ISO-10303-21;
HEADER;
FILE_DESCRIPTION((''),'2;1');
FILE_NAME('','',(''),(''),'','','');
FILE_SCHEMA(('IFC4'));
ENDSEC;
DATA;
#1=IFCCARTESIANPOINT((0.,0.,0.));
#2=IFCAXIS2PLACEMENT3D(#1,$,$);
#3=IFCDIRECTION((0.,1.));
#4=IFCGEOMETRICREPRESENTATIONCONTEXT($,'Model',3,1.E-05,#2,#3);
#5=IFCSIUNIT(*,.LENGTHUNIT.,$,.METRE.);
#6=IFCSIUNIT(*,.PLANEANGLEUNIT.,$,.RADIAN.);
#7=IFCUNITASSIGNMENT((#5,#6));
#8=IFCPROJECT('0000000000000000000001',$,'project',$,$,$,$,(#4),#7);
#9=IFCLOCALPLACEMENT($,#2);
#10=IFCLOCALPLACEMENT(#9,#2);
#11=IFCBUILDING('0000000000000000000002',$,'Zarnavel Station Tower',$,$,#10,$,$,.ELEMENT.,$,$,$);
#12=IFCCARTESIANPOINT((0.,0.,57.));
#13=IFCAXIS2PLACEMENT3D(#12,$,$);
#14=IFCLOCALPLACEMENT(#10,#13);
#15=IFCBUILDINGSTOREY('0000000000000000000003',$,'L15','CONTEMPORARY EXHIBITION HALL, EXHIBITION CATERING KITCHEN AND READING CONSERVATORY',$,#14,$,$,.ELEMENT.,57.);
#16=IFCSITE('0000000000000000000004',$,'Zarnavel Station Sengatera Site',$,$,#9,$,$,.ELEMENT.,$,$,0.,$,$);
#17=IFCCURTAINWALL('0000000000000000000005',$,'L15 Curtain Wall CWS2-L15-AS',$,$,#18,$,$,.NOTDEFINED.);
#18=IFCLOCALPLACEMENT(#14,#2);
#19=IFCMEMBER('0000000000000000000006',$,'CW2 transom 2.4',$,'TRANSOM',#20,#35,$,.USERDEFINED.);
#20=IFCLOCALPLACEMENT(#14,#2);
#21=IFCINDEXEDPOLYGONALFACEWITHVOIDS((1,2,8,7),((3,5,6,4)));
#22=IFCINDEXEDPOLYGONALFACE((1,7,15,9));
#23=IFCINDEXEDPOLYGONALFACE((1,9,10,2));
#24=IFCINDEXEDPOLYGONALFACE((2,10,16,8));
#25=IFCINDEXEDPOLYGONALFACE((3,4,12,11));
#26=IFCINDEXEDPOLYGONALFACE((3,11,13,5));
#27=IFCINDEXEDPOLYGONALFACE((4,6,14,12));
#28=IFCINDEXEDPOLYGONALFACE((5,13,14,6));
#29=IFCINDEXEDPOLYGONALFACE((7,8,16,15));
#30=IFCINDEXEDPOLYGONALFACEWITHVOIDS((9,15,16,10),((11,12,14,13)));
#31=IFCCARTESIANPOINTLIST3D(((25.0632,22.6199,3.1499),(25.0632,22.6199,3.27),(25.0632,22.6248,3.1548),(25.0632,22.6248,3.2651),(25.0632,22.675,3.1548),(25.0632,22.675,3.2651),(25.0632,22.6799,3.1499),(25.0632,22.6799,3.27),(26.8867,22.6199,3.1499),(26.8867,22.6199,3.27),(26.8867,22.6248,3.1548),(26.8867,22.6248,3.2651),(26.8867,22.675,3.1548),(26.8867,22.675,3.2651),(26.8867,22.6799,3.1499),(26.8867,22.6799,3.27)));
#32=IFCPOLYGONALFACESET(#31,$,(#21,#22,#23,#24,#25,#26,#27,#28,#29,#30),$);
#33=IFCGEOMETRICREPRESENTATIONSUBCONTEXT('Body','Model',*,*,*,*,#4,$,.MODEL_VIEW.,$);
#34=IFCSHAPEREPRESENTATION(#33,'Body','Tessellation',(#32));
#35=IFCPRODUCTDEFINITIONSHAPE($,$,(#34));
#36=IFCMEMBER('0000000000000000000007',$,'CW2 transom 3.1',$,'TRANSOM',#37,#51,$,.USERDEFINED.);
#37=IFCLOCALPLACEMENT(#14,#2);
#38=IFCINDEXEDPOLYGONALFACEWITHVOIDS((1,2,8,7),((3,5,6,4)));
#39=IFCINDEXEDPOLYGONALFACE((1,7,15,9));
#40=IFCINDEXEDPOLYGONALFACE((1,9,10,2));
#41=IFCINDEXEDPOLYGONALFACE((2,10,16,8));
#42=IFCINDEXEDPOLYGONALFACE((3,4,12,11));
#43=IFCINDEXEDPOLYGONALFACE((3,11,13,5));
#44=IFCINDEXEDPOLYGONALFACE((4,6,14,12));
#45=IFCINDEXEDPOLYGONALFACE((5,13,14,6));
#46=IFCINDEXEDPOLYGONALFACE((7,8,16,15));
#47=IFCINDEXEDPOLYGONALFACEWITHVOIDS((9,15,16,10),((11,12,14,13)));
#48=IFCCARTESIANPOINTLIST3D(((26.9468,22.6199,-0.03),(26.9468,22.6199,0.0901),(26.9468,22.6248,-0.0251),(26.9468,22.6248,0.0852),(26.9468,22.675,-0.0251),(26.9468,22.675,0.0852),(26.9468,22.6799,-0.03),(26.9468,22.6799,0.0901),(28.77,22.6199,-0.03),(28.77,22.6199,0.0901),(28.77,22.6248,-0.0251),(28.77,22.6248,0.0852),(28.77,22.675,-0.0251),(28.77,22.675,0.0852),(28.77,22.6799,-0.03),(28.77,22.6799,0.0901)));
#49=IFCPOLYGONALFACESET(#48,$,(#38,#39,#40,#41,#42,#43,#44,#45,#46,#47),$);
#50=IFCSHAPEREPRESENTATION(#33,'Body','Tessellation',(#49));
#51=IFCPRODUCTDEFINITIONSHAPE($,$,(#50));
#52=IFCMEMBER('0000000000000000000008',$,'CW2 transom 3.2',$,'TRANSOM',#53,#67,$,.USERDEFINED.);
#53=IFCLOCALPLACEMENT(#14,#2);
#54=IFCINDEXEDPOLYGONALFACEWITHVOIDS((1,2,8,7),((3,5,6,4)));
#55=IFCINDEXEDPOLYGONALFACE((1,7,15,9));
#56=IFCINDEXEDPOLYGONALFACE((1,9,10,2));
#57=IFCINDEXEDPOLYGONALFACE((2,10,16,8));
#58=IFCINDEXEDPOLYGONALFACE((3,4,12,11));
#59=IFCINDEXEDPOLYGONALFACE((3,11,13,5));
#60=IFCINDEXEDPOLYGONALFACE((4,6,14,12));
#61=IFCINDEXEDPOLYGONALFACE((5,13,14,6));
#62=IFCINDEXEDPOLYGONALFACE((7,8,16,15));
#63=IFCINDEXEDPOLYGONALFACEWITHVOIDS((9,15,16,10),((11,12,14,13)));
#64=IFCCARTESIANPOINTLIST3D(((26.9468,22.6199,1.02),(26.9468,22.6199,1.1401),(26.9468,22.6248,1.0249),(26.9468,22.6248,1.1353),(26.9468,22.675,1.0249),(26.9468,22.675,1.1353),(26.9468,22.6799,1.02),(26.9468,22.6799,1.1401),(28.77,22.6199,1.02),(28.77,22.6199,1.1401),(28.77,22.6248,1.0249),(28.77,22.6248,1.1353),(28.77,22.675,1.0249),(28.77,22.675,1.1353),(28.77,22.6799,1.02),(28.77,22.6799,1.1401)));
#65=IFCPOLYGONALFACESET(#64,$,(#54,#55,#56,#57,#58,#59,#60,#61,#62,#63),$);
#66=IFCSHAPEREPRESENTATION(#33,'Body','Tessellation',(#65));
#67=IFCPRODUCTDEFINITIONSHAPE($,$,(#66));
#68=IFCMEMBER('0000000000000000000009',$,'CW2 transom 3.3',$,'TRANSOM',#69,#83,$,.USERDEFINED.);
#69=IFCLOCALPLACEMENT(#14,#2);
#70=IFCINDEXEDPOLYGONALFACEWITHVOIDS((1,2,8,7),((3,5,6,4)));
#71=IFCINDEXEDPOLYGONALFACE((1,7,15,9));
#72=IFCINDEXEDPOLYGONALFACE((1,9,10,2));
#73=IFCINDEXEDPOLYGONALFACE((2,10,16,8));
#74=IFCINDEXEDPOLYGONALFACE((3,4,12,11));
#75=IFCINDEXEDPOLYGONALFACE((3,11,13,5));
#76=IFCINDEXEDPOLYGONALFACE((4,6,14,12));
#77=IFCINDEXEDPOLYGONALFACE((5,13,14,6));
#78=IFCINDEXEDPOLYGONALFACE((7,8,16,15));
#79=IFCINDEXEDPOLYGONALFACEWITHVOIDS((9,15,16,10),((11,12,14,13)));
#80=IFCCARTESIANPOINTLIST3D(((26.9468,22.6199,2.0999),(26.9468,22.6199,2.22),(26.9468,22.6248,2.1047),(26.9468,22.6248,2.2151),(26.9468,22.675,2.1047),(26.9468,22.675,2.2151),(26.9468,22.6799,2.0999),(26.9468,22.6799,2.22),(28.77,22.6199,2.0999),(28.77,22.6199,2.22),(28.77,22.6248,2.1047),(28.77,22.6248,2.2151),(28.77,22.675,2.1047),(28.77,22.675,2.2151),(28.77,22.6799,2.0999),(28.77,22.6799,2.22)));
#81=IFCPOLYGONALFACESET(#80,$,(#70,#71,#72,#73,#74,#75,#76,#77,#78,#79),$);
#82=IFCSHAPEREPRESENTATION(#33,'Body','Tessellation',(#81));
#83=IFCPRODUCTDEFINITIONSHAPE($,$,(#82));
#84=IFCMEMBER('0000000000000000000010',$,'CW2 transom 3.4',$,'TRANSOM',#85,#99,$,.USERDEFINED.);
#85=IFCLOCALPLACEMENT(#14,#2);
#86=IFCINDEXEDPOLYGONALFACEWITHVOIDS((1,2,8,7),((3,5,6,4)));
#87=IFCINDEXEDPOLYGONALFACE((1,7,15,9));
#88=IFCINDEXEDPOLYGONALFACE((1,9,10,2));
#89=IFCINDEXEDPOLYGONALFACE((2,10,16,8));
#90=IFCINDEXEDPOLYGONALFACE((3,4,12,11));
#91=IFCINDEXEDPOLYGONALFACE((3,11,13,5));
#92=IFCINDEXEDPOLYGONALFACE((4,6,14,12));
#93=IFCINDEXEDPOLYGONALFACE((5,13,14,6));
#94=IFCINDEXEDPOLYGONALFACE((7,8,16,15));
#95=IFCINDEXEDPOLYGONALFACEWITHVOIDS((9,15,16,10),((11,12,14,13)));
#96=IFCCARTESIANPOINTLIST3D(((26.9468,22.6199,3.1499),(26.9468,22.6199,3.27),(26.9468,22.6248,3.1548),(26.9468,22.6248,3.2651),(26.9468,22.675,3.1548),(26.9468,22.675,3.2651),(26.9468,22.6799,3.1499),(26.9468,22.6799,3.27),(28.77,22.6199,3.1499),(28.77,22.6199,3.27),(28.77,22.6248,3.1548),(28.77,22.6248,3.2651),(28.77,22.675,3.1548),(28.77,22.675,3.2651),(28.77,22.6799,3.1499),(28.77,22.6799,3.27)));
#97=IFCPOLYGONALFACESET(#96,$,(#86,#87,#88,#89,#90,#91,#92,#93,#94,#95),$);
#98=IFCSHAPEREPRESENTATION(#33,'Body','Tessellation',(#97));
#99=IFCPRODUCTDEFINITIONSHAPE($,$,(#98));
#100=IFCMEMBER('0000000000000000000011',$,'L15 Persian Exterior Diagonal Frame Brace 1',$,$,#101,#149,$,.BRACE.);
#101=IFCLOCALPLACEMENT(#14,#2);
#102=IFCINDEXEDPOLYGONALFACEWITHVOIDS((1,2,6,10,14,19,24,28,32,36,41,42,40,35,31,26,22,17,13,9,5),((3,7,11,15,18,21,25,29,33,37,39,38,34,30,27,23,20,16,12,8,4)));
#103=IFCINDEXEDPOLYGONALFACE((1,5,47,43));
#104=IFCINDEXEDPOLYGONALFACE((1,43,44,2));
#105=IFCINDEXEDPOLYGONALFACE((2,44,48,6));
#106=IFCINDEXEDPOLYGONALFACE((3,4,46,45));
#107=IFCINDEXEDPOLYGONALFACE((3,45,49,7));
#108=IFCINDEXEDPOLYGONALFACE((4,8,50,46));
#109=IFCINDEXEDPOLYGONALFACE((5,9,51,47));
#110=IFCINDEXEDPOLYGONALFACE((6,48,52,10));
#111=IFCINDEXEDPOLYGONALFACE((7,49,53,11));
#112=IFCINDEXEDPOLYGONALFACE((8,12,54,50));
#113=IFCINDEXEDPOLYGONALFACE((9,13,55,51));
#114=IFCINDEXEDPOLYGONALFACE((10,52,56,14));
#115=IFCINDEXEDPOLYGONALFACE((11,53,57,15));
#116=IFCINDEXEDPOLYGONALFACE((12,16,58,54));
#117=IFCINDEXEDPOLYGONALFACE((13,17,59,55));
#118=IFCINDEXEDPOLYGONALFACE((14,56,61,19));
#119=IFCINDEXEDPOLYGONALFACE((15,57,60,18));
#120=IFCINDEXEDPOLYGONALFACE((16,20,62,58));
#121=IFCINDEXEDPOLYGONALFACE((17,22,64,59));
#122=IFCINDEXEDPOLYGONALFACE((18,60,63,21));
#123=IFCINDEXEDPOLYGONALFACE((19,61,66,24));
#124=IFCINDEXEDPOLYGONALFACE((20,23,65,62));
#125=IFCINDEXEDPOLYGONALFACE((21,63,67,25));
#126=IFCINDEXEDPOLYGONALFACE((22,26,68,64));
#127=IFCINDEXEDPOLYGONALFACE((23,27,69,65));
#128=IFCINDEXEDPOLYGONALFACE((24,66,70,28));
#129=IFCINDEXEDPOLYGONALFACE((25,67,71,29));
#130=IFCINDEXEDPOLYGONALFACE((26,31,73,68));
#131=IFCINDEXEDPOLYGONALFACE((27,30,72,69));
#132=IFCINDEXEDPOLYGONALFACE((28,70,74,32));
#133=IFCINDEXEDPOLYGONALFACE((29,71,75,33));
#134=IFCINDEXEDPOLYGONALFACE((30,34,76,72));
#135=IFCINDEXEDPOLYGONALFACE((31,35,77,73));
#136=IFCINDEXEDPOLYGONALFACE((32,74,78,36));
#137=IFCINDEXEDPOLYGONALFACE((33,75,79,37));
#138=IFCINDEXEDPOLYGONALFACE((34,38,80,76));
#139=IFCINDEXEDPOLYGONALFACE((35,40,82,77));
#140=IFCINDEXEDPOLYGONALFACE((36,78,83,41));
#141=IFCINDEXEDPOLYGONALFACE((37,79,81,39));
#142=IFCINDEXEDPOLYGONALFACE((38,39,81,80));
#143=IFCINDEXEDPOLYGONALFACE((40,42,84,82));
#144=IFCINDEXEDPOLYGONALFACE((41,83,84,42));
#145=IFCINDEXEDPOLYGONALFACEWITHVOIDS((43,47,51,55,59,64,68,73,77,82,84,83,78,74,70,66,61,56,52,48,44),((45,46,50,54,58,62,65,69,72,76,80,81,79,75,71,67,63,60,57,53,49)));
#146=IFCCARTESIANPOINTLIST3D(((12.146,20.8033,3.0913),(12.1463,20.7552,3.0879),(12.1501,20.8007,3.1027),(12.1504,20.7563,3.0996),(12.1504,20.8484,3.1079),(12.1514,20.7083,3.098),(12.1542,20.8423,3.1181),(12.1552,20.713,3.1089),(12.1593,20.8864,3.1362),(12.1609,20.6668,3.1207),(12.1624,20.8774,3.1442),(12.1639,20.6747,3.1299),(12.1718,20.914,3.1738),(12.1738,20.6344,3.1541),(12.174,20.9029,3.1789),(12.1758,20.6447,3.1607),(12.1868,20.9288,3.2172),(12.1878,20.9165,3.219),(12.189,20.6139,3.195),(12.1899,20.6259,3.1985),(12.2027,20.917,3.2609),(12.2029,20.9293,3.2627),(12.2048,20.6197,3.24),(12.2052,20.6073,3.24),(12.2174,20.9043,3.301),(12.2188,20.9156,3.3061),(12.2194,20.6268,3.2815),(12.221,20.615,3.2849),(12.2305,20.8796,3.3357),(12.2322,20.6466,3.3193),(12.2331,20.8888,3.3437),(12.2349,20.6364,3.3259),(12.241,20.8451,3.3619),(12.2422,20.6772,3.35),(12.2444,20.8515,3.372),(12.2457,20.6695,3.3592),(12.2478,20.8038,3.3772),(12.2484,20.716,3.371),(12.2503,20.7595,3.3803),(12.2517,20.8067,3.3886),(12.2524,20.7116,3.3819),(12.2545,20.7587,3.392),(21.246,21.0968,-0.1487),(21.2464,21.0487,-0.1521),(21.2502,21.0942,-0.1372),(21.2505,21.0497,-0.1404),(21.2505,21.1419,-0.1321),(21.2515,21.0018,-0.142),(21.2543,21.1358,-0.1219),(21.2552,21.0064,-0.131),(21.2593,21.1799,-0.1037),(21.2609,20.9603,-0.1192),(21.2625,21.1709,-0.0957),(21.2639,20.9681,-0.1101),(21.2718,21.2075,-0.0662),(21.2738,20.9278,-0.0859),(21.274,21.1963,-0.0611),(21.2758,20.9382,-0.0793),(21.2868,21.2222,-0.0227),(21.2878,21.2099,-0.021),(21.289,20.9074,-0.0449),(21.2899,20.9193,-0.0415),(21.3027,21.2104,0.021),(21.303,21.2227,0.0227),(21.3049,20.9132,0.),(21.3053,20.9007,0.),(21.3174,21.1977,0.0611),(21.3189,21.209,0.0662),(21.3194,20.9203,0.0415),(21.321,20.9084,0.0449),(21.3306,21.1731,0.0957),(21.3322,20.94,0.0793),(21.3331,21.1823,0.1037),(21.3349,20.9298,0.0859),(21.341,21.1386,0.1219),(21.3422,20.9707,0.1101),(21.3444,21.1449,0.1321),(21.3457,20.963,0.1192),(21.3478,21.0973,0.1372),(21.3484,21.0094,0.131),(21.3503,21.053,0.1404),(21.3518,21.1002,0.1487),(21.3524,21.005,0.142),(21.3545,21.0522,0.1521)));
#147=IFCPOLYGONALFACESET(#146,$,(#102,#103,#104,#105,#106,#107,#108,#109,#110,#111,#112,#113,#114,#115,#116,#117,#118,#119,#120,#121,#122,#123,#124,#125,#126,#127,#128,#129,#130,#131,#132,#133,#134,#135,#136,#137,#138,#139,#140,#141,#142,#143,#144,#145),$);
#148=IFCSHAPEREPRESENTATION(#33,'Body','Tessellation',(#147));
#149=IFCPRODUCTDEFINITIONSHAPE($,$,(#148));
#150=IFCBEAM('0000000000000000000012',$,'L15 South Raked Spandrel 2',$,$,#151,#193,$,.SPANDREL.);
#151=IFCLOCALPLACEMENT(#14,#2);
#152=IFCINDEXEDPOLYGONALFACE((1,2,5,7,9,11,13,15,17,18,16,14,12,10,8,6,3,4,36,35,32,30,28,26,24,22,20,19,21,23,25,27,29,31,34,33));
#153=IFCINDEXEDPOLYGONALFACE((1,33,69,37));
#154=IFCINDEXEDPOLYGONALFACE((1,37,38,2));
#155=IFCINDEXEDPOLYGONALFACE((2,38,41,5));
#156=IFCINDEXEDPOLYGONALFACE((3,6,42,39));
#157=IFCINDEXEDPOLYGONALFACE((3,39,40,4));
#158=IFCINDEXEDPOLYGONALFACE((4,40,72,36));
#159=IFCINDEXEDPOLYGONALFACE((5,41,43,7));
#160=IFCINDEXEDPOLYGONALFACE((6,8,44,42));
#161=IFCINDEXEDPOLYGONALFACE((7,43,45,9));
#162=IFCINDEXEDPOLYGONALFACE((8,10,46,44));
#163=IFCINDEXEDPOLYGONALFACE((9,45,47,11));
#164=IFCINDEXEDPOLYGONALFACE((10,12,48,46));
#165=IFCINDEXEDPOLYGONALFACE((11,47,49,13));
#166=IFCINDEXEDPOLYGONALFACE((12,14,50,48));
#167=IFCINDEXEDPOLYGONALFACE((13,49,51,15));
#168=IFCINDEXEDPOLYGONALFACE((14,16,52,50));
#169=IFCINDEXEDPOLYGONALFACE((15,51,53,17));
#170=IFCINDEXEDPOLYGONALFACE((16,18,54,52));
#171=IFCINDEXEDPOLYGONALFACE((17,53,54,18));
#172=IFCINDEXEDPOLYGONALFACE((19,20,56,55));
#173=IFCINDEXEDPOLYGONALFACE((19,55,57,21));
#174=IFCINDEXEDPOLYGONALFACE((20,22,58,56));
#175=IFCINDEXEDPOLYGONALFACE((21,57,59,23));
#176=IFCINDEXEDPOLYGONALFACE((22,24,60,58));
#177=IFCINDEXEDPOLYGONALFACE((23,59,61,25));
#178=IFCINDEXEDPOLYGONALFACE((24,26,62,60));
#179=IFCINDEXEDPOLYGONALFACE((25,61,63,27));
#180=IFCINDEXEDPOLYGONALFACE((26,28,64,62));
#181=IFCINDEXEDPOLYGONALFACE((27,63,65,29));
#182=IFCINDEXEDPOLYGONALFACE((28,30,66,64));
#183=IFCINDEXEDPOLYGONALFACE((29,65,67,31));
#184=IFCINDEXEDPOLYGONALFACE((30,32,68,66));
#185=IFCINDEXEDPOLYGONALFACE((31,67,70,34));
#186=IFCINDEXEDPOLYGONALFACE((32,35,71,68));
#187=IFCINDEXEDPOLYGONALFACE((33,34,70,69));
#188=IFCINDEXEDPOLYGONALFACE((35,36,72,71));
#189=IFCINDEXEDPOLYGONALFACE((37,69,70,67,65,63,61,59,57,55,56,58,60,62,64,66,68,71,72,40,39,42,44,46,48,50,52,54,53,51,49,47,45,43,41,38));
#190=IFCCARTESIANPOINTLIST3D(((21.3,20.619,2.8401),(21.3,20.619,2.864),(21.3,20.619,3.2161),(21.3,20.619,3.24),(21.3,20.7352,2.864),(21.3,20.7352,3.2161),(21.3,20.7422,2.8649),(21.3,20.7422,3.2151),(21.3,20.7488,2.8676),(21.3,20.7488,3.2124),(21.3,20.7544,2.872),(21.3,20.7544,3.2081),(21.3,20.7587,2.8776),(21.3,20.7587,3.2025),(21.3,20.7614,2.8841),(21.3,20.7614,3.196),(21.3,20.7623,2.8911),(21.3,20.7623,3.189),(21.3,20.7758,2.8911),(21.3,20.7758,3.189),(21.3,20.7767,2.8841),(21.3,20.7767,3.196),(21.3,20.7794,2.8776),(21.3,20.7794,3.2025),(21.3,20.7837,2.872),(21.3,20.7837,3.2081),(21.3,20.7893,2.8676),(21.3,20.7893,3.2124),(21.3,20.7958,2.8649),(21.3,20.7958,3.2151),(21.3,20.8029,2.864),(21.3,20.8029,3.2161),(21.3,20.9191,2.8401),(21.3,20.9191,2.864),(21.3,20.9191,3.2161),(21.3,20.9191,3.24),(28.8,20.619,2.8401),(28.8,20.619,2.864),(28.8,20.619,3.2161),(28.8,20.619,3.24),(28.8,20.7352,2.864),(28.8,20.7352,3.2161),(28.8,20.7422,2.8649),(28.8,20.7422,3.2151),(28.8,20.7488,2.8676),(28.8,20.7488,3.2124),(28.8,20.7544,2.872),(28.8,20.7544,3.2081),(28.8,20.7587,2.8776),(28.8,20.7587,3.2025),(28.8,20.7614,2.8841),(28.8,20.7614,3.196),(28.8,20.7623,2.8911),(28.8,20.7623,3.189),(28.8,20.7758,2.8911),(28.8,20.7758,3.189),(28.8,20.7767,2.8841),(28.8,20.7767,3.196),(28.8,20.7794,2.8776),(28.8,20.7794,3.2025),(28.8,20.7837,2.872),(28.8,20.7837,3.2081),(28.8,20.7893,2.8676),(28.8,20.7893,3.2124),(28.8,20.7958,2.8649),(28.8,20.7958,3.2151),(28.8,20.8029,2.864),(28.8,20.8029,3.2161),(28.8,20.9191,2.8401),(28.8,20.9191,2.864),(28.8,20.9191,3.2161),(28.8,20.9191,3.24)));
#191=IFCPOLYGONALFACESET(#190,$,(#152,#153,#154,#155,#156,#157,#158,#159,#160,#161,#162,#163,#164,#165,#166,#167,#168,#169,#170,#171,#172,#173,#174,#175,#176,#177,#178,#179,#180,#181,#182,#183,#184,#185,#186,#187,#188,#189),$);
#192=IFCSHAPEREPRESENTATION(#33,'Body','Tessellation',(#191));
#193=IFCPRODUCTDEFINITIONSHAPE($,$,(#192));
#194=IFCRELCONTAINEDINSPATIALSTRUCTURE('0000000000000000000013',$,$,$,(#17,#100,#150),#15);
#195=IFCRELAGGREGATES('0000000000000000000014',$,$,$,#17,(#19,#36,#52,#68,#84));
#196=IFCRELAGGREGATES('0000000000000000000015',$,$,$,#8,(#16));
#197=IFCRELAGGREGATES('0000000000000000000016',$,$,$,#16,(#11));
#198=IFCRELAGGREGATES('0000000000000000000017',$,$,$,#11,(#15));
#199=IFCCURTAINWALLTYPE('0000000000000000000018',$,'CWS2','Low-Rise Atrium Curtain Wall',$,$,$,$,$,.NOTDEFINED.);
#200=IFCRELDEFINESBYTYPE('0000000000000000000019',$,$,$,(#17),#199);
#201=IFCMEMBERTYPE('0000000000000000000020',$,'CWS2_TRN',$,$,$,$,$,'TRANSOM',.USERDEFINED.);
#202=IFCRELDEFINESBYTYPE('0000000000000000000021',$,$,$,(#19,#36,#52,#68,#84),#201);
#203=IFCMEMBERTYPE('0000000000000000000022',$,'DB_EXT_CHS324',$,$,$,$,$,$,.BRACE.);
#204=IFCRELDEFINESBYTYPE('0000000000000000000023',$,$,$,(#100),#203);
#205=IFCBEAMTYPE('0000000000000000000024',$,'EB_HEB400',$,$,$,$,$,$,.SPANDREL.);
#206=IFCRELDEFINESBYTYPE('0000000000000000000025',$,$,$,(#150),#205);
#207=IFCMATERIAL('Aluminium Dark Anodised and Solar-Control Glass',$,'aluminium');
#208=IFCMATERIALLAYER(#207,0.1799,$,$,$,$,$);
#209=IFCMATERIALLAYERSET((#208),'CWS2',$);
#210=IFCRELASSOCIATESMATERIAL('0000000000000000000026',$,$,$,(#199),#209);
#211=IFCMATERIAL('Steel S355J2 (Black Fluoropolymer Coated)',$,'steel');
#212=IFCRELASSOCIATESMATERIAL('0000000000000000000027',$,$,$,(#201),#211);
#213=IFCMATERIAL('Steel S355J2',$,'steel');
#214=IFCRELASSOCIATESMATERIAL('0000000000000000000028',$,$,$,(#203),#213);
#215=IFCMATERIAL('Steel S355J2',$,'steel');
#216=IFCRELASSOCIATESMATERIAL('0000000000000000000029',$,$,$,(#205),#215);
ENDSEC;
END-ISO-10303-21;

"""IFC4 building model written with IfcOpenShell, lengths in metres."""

from ifc_helpers import new_model, si_unit, direction, frame, origin, origin_2d, place, context, subcontext, project, spatial, hollow_rectangle, hollow_circle, i_section, extrude, material, layer, layer_set, material_profile, profile_set, type_object, element, aggregate, save


model = new_model("IFC4")

# Units and contexts
model_context = context("Model", 3, precision=1e-05, world=origin(), true_north=direction((0.0, 1.0)))
body_context = subcontext(model_context, "Body", "Model", "MODEL_VIEW")
ifc_project = project(units=[si_unit("LENGTHUNIT", "METRE"), si_unit("PLANEANGLEUNIT", "RADIAN")], contexts=[model_context])

# Site, building, storey
site_placement = place(None, origin())
site = spatial("IfcSite", under=ifc_project, at=site_placement, Name="Zarnavel Station Sengatera Site", CompositionType="ELEMENT", RefElevation=0.0)
building_placement = place(site_placement, origin())
building = spatial("IfcBuilding", under=site, at=building_placement, Name="Zarnavel Station Tower", CompositionType="ELEMENT")
storey_placement = place(building_placement, frame((0.0, 0.0, 57.0)))
storey = spatial("IfcBuildingStorey", under=building, at=storey_placement, Name="L15", Description="CONTEMPORARY EXHIBITION HALL, EXHIBITION CATERING KITCHEN AND READING CONSERVATORY", CompositionType="ELEMENT", Elevation=57.0)

# Curtain wall, members
ifc_material_1 = material(Name="Aluminium Dark Anodised and Solar-Control Glass", Category="aluminium")
ifc_layer_1 = layer(ifc_material_1, 0.1799)
ifc_layer_set_1 = layer_set([ifc_layer_1], Name="CWS2")
curtain_wall_type = type_object("IfcCurtainWallType", Name="CWS2", Description="Low-Rise Atrium Curtain Wall", PredefinedType="NOTDEFINED", material=ifc_layer_set_1)
curtain_wall_placement = place(storey_placement, origin())
curtain_wall = element("IfcCurtainWall", 1, at=curtain_wall_placement, inside=storey, type_object=curtain_wall_type, Name="L15 Curtain Wall CWS2-L15-AS", PredefinedType="NOTDEFINED")
ifc_material_2 = material(Name="Steel S355J2 (Black Fluoropolymer Coated)", Category="steel")
ifc_material_profile_1 = material_profile(ifc_material_2, hollow_rectangle(XDim=0.0601, YDim=0.1201, WallThickness=0.0049, at=origin_2d()), Name="RHS120x60x5")
ifc_profile_set_1 = profile_set([ifc_material_profile_1], Name="Steel S355J2 (Black Fluoropolymer Coated)")
member_type_1 = type_object("IfcMemberType", Name="CWS2_TRN", ElementType="TRANSOM", PredefinedType="USERDEFINED", material=ifc_profile_set_1)
member_1_placement = place(storey_placement, frame((25.0632, 22.6499, 3.21), z_axis=(1.0, 0.0, 0.0), x_axis=(0.0, 1.0, 0.0)))
member_1 = element("IfcMember", 2, at=member_1_placement, type_object=member_type_1, Name="CW2 transom 2.4", ObjectType="TRANSOM", PredefinedType="USERDEFINED", context=body_context, shape_type="SweptSolid", body=[
    extrude(hollow_rectangle(XDim=0.0601, YDim=0.1201, WallThickness=0.0049, at=origin_2d()), origin(), (0.0, 0.0, 1.0), 1.8235),
])
member_2_placement = place(storey_placement, frame((26.9468, 22.6499, 0.03), z_axis=(1.0, 0.0, 0.0), x_axis=(0.0, 1.0, 0.0)))
member_2 = element("IfcMember", 3, at=member_2_placement, type_object=member_type_1, Name="CW2 transom 3.1", ObjectType="TRANSOM", PredefinedType="USERDEFINED", context=body_context, shape_type="SweptSolid", body=[
    extrude(hollow_rectangle(XDim=0.0601, YDim=0.1201, WallThickness=0.0049, at=origin_2d()), origin(), (0.0, 0.0, 1.0), 1.8232),
])
member_3_placement = place(storey_placement, frame((26.9468, 22.6499, 1.0801), z_axis=(1.0, 0.0, 0.0), x_axis=(0.0, 1.0, 0.0)))
member_3 = element("IfcMember", 4, at=member_3_placement, type_object=member_type_1, Name="CW2 transom 3.2", ObjectType="TRANSOM", PredefinedType="USERDEFINED", context=body_context, shape_type="SweptSolid", body=[
    extrude(hollow_rectangle(XDim=0.0601, YDim=0.1201, WallThickness=0.0049, at=origin_2d()), origin(), (0.0, 0.0, 1.0), 1.8232),
])
member_4_placement = place(storey_placement, frame((26.9468, 22.6499, 2.1599), z_axis=(1.0, 0.0, 0.0), x_axis=(0.0, 1.0, 0.0)))
member_4 = element("IfcMember", 5, at=member_4_placement, type_object=member_type_1, Name="CW2 transom 3.3", ObjectType="TRANSOM", PredefinedType="USERDEFINED", context=body_context, shape_type="SweptSolid", body=[
    extrude(hollow_rectangle(XDim=0.0601, YDim=0.1201, WallThickness=0.0049, at=origin_2d()), origin(), (0.0, 0.0, 1.0), 1.8232),
])
member_5_placement = place(storey_placement, frame((26.9468, 22.6499, 3.21), z_axis=(1.0, 0.0, 0.0), x_axis=(0.0, 1.0, 0.0)))
member_5 = element("IfcMember", 6, at=member_5_placement, type_object=member_type_1, Name="CW2 transom 3.4", ObjectType="TRANSOM", PredefinedType="USERDEFINED", context=body_context, shape_type="SweptSolid", body=[
    extrude(hollow_rectangle(XDim=0.0601, YDim=0.1201, WallThickness=0.0049, at=origin_2d()), origin(), (0.0, 0.0, 1.0), 1.8232),
])

# Member
ifc_material_3 = material(Name="Steel S355J2", Category="steel")
ifc_material_profile_2 = material_profile(ifc_material_3, hollow_circle(Radius=0.1619, WallThickness=0.0125, at=origin_2d()), Name="CHS323.9x12.5")
ifc_profile_set_2 = profile_set([ifc_material_profile_2], Name="Steel S355J2")
member_type_2 = type_object("IfcMemberType", Name="DB_EXT_CHS324", PredefinedType="BRACE", material=ifc_profile_set_2)
member_6_placement = place(storey_placement, frame((21.3, 21.0625, 0.0), z_axis=(-0.941636, -0.030366, 0.335259), x_axis=(0.032231, -0.99948, 0.0)))
element("IfcMember", 7, at=member_6_placement, inside=storey, type_object=member_type_2, Name="L15 Persian Exterior Diagonal Frame Brace 1", PredefinedType="BRACE", context=body_context, shape_type="SweptSolid", body=[
    extrude(hollow_circle(Radius=0.1619, WallThickness=0.0125, at=origin_2d()), origin(), (0.0, 0.0, 1.0), 9.6641),
])

# Beam
ifc_material_4 = material(Name="Steel S355J2", Category="steel")
ifc_material_profile_3 = material_profile(ifc_material_4, i_section(OverallWidth=0.3, OverallDepth=0.3999, WebThickness=0.0134, FlangeThickness=0.0239, FilletRadius=0.0271, at=origin_2d()), Name="HEB400")
ifc_profile_set_3 = profile_set([ifc_material_profile_3], Name="Steel S355J2")
beam_type_1 = type_object("IfcBeamType", Name="EB_HEB400", PredefinedType="SPANDREL", material=ifc_profile_set_3)
beam_1_placement = place(storey_placement, frame((21.3, 20.769, 3.04), z_axis=(1.0, 0.0, 0.0), x_axis=(0.0, 1.0, 0.0)))
element("IfcBeam", 8, at=beam_1_placement, inside=storey, type_object=beam_type_1, Name="L15 South Raked Spandrel 2", PredefinedType="SPANDREL", context=body_context, shape_type="SweptSolid", body=[
    extrude(i_section(OverallWidth=0.3, OverallDepth=0.3999, WebThickness=0.0134, FlangeThickness=0.0239, FilletRadius=0.0271, at=origin_2d()), origin(), (0.0, 0.0, 1.0), 7.5),
])

aggregate(curtain_wall, [member_1, member_2, member_3, member_4, member_5])

save(model, "model.ifc")
